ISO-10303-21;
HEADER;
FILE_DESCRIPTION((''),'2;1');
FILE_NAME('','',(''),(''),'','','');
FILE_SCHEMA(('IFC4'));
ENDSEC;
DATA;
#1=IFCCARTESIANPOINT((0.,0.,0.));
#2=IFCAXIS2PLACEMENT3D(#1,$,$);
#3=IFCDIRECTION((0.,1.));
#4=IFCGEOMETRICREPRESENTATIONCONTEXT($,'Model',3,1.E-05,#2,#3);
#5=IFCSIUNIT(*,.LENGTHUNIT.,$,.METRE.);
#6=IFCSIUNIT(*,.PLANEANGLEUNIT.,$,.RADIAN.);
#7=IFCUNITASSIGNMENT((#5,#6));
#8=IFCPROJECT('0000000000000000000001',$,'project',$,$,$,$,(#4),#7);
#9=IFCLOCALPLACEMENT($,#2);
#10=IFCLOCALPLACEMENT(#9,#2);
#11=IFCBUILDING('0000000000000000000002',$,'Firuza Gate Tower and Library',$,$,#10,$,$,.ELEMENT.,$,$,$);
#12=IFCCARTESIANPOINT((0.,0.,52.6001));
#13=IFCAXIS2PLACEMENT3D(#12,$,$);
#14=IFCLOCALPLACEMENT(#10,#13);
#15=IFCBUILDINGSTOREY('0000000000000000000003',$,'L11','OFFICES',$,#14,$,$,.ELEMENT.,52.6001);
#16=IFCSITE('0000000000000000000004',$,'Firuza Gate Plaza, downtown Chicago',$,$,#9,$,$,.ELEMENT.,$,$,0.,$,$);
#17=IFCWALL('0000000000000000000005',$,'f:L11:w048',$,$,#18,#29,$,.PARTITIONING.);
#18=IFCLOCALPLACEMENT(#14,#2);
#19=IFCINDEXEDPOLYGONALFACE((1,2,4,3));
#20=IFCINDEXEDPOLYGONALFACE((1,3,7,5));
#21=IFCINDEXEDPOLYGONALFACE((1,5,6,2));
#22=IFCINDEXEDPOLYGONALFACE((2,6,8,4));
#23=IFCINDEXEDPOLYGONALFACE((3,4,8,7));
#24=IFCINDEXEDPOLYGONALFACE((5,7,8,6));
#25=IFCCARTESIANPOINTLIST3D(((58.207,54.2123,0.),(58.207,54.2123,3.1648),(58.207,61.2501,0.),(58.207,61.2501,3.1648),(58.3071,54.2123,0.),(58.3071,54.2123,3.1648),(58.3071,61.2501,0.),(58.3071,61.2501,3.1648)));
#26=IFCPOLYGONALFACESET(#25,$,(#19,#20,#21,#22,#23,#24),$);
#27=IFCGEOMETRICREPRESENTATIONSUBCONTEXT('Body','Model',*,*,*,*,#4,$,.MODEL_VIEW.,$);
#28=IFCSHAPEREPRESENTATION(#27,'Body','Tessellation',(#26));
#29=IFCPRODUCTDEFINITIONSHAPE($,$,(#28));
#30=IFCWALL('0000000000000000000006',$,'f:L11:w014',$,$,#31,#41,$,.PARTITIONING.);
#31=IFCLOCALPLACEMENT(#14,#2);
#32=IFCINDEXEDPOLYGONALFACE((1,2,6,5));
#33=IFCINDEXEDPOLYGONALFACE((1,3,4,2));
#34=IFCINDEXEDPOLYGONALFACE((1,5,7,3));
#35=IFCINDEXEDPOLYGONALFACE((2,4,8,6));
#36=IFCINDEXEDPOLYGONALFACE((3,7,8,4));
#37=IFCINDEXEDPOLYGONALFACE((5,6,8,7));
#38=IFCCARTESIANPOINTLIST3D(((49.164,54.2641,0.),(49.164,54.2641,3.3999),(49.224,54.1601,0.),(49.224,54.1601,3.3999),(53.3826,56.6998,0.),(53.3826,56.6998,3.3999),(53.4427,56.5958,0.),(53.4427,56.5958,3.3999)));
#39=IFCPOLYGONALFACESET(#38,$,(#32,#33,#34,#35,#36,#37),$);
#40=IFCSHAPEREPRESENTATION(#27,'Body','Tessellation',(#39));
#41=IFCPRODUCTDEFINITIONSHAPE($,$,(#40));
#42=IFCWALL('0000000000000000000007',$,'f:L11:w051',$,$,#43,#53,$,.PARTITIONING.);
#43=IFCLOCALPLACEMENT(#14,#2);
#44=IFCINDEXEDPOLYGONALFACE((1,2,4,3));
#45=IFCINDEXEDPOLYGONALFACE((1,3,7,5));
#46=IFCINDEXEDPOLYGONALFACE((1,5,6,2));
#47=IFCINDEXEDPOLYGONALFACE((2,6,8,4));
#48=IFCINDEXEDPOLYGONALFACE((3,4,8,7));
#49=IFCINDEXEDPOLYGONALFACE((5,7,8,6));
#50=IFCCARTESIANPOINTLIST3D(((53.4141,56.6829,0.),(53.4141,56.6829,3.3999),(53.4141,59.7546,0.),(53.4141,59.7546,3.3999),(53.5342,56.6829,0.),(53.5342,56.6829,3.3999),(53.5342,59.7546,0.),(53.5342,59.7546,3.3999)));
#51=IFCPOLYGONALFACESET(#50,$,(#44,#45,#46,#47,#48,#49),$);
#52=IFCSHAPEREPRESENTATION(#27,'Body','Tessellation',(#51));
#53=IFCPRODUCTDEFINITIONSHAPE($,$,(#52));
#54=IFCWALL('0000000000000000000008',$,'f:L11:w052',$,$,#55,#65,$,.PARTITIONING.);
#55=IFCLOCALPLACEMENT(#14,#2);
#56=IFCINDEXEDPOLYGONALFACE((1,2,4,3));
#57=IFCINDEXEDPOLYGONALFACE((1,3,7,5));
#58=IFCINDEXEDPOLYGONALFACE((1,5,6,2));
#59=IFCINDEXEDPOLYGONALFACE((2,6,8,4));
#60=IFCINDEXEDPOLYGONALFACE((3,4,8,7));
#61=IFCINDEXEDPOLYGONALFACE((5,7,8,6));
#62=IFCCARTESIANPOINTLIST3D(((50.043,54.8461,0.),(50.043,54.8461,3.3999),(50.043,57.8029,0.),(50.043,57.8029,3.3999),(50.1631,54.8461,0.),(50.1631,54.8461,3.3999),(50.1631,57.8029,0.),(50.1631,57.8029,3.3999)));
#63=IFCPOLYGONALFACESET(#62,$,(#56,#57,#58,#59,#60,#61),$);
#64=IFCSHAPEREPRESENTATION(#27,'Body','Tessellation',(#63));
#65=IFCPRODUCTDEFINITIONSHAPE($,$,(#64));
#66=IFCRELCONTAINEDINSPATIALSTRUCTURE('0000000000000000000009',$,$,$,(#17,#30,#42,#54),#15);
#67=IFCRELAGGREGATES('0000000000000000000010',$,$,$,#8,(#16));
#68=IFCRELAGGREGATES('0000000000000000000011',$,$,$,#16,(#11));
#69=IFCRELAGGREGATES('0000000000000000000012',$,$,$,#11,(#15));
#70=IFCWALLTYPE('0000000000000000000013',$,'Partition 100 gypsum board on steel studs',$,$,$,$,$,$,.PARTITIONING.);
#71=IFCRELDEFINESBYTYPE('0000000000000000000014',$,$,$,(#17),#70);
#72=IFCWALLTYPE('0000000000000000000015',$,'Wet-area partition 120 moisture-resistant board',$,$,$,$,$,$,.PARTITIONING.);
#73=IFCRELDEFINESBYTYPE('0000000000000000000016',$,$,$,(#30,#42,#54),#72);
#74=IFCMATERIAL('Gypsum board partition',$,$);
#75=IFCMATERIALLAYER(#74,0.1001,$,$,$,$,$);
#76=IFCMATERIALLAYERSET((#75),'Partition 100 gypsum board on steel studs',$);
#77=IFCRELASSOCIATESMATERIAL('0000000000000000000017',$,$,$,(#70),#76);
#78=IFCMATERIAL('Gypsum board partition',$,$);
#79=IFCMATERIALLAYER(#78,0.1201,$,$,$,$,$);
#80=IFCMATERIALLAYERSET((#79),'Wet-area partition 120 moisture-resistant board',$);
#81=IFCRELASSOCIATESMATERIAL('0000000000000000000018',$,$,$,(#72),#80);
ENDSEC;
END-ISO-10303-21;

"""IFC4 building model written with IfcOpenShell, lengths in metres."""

from ifc_helpers import new_model, si_unit, direction, frame, frame_2d, origin, place, context, subcontext, project, spatial, rectangle, extrude, material, layer, layer_set, type_object, element, save


model = new_model("IFC4")

# Units and contexts
model_context = context("Model", 3, precision=1e-05, world=origin(), true_north=direction((0.0, 1.0)))
body_context = subcontext(model_context, "Body", "Model", "MODEL_VIEW")
ifc_project = project(units=[si_unit("LENGTHUNIT", "METRE"), si_unit("PLANEANGLEUNIT", "RADIAN")], contexts=[model_context])

# Site, building, storey
site_placement = place(None, origin())
site = spatial("IfcSite", under=ifc_project, at=site_placement, Name="Firuza Gate Plaza, downtown Chicago", CompositionType="ELEMENT", RefElevation=0.0)
building_placement = place(site_placement, origin())
building = spatial("IfcBuilding", under=site, at=building_placement, Name="Firuza Gate Tower and Library", CompositionType="ELEMENT")
storey_placement = place(building_placement, frame((0.0, 0.0, 52.6001)))
storey = spatial("IfcBuildingStorey", under=building, at=storey_placement, Name="L11", Description="OFFICES", CompositionType="ELEMENT", Elevation=52.6001)

# Walls
ifc_material_1 = material(Name="Gypsum board partition")
ifc_layer_1 = layer(ifc_material_1, 0.1001)
ifc_layer_set_1 = layer_set([ifc_layer_1], Name="Partition 100 gypsum board on steel studs")
wall_type_1 = type_object("IfcWallType", Name="Partition 100 gypsum board on steel studs", PredefinedType="PARTITIONING", material=ifc_layer_set_1)
wall_1_placement = place(storey_placement, frame((58.2571, 54.2122, 0.0), z_axis=(0.0, 0.0, 1.0), x_axis=(0.0, 1.0, 0.0)))
element("IfcWall", 1, at=wall_1_placement, inside=storey, type_object=wall_type_1, Name="f:L11:w048", PredefinedType="PARTITIONING", context=body_context, shape_type="SweptSolid", body=[
    extrude(rectangle(XDim=7.0378, YDim=0.1001, at=frame_2d((3.519, 0.0))), origin(), (0.0, 0.0, 1.0), 3.1648),
])
ifc_material_2 = material(Name="Gypsum board partition")
ifc_layer_2 = layer(ifc_material_2, 0.1201)
ifc_layer_set_2 = layer_set([ifc_layer_2], Name="Wet-area partition 120 moisture-resistant board")
wall_type_2 = type_object("IfcWallType", Name="Wet-area partition 120 moisture-resistant board", PredefinedType="PARTITIONING", material=ifc_layer_set_2)
wall_2_placement = place(storey_placement, frame((49.1941, 54.2122, 0.0), z_axis=(0.0, 0.0, 1.0), x_axis=(0.866017, 0.500015, 0.0)))
element("IfcWall", 2, at=wall_2_placement, inside=storey, type_object=wall_type_2, Name="f:L11:w014", PredefinedType="PARTITIONING", context=body_context, shape_type="SweptSolid", body=[
    extrude(rectangle(XDim=4.8713, YDim=0.1201, at=frame_2d((2.4355, 0.0))), origin(), (0.0, 0.0, 1.0), 3.3999),
])
wall_3_placement = place(storey_placement, frame((53.4741, 56.6829, 0.0), z_axis=(0.0, 0.0, 1.0), x_axis=(0.0, 1.0, 0.0)))
element("IfcWall", 3, at=wall_3_placement, inside=storey, type_object=wall_type_2, Name="f:L11:w051", PredefinedType="PARTITIONING", context=body_context, shape_type="SweptSolid", body=[
    extrude(rectangle(XDim=3.0718, YDim=0.1201, at=frame_2d((1.5359, 0.0))), origin(), (0.0, 0.0, 1.0), 3.3999),
])
wall_4_placement = place(storey_placement, frame((50.103, 54.8459, 0.0), z_axis=(0.0, 0.0, 1.0), x_axis=(0.0, 1.0, 0.0)))
element("IfcWall", 4, at=wall_4_placement, inside=storey, type_object=wall_type_2, Name="f:L11:w052", PredefinedType="PARTITIONING", context=body_context, shape_type="SweptSolid", body=[
    extrude(rectangle(XDim=2.9568, YDim=0.1201, at=frame_2d((1.4785, 0.0))), origin(), (0.0, 0.0, 1.0), 3.3999),
])

save(model, "model.ifc")
